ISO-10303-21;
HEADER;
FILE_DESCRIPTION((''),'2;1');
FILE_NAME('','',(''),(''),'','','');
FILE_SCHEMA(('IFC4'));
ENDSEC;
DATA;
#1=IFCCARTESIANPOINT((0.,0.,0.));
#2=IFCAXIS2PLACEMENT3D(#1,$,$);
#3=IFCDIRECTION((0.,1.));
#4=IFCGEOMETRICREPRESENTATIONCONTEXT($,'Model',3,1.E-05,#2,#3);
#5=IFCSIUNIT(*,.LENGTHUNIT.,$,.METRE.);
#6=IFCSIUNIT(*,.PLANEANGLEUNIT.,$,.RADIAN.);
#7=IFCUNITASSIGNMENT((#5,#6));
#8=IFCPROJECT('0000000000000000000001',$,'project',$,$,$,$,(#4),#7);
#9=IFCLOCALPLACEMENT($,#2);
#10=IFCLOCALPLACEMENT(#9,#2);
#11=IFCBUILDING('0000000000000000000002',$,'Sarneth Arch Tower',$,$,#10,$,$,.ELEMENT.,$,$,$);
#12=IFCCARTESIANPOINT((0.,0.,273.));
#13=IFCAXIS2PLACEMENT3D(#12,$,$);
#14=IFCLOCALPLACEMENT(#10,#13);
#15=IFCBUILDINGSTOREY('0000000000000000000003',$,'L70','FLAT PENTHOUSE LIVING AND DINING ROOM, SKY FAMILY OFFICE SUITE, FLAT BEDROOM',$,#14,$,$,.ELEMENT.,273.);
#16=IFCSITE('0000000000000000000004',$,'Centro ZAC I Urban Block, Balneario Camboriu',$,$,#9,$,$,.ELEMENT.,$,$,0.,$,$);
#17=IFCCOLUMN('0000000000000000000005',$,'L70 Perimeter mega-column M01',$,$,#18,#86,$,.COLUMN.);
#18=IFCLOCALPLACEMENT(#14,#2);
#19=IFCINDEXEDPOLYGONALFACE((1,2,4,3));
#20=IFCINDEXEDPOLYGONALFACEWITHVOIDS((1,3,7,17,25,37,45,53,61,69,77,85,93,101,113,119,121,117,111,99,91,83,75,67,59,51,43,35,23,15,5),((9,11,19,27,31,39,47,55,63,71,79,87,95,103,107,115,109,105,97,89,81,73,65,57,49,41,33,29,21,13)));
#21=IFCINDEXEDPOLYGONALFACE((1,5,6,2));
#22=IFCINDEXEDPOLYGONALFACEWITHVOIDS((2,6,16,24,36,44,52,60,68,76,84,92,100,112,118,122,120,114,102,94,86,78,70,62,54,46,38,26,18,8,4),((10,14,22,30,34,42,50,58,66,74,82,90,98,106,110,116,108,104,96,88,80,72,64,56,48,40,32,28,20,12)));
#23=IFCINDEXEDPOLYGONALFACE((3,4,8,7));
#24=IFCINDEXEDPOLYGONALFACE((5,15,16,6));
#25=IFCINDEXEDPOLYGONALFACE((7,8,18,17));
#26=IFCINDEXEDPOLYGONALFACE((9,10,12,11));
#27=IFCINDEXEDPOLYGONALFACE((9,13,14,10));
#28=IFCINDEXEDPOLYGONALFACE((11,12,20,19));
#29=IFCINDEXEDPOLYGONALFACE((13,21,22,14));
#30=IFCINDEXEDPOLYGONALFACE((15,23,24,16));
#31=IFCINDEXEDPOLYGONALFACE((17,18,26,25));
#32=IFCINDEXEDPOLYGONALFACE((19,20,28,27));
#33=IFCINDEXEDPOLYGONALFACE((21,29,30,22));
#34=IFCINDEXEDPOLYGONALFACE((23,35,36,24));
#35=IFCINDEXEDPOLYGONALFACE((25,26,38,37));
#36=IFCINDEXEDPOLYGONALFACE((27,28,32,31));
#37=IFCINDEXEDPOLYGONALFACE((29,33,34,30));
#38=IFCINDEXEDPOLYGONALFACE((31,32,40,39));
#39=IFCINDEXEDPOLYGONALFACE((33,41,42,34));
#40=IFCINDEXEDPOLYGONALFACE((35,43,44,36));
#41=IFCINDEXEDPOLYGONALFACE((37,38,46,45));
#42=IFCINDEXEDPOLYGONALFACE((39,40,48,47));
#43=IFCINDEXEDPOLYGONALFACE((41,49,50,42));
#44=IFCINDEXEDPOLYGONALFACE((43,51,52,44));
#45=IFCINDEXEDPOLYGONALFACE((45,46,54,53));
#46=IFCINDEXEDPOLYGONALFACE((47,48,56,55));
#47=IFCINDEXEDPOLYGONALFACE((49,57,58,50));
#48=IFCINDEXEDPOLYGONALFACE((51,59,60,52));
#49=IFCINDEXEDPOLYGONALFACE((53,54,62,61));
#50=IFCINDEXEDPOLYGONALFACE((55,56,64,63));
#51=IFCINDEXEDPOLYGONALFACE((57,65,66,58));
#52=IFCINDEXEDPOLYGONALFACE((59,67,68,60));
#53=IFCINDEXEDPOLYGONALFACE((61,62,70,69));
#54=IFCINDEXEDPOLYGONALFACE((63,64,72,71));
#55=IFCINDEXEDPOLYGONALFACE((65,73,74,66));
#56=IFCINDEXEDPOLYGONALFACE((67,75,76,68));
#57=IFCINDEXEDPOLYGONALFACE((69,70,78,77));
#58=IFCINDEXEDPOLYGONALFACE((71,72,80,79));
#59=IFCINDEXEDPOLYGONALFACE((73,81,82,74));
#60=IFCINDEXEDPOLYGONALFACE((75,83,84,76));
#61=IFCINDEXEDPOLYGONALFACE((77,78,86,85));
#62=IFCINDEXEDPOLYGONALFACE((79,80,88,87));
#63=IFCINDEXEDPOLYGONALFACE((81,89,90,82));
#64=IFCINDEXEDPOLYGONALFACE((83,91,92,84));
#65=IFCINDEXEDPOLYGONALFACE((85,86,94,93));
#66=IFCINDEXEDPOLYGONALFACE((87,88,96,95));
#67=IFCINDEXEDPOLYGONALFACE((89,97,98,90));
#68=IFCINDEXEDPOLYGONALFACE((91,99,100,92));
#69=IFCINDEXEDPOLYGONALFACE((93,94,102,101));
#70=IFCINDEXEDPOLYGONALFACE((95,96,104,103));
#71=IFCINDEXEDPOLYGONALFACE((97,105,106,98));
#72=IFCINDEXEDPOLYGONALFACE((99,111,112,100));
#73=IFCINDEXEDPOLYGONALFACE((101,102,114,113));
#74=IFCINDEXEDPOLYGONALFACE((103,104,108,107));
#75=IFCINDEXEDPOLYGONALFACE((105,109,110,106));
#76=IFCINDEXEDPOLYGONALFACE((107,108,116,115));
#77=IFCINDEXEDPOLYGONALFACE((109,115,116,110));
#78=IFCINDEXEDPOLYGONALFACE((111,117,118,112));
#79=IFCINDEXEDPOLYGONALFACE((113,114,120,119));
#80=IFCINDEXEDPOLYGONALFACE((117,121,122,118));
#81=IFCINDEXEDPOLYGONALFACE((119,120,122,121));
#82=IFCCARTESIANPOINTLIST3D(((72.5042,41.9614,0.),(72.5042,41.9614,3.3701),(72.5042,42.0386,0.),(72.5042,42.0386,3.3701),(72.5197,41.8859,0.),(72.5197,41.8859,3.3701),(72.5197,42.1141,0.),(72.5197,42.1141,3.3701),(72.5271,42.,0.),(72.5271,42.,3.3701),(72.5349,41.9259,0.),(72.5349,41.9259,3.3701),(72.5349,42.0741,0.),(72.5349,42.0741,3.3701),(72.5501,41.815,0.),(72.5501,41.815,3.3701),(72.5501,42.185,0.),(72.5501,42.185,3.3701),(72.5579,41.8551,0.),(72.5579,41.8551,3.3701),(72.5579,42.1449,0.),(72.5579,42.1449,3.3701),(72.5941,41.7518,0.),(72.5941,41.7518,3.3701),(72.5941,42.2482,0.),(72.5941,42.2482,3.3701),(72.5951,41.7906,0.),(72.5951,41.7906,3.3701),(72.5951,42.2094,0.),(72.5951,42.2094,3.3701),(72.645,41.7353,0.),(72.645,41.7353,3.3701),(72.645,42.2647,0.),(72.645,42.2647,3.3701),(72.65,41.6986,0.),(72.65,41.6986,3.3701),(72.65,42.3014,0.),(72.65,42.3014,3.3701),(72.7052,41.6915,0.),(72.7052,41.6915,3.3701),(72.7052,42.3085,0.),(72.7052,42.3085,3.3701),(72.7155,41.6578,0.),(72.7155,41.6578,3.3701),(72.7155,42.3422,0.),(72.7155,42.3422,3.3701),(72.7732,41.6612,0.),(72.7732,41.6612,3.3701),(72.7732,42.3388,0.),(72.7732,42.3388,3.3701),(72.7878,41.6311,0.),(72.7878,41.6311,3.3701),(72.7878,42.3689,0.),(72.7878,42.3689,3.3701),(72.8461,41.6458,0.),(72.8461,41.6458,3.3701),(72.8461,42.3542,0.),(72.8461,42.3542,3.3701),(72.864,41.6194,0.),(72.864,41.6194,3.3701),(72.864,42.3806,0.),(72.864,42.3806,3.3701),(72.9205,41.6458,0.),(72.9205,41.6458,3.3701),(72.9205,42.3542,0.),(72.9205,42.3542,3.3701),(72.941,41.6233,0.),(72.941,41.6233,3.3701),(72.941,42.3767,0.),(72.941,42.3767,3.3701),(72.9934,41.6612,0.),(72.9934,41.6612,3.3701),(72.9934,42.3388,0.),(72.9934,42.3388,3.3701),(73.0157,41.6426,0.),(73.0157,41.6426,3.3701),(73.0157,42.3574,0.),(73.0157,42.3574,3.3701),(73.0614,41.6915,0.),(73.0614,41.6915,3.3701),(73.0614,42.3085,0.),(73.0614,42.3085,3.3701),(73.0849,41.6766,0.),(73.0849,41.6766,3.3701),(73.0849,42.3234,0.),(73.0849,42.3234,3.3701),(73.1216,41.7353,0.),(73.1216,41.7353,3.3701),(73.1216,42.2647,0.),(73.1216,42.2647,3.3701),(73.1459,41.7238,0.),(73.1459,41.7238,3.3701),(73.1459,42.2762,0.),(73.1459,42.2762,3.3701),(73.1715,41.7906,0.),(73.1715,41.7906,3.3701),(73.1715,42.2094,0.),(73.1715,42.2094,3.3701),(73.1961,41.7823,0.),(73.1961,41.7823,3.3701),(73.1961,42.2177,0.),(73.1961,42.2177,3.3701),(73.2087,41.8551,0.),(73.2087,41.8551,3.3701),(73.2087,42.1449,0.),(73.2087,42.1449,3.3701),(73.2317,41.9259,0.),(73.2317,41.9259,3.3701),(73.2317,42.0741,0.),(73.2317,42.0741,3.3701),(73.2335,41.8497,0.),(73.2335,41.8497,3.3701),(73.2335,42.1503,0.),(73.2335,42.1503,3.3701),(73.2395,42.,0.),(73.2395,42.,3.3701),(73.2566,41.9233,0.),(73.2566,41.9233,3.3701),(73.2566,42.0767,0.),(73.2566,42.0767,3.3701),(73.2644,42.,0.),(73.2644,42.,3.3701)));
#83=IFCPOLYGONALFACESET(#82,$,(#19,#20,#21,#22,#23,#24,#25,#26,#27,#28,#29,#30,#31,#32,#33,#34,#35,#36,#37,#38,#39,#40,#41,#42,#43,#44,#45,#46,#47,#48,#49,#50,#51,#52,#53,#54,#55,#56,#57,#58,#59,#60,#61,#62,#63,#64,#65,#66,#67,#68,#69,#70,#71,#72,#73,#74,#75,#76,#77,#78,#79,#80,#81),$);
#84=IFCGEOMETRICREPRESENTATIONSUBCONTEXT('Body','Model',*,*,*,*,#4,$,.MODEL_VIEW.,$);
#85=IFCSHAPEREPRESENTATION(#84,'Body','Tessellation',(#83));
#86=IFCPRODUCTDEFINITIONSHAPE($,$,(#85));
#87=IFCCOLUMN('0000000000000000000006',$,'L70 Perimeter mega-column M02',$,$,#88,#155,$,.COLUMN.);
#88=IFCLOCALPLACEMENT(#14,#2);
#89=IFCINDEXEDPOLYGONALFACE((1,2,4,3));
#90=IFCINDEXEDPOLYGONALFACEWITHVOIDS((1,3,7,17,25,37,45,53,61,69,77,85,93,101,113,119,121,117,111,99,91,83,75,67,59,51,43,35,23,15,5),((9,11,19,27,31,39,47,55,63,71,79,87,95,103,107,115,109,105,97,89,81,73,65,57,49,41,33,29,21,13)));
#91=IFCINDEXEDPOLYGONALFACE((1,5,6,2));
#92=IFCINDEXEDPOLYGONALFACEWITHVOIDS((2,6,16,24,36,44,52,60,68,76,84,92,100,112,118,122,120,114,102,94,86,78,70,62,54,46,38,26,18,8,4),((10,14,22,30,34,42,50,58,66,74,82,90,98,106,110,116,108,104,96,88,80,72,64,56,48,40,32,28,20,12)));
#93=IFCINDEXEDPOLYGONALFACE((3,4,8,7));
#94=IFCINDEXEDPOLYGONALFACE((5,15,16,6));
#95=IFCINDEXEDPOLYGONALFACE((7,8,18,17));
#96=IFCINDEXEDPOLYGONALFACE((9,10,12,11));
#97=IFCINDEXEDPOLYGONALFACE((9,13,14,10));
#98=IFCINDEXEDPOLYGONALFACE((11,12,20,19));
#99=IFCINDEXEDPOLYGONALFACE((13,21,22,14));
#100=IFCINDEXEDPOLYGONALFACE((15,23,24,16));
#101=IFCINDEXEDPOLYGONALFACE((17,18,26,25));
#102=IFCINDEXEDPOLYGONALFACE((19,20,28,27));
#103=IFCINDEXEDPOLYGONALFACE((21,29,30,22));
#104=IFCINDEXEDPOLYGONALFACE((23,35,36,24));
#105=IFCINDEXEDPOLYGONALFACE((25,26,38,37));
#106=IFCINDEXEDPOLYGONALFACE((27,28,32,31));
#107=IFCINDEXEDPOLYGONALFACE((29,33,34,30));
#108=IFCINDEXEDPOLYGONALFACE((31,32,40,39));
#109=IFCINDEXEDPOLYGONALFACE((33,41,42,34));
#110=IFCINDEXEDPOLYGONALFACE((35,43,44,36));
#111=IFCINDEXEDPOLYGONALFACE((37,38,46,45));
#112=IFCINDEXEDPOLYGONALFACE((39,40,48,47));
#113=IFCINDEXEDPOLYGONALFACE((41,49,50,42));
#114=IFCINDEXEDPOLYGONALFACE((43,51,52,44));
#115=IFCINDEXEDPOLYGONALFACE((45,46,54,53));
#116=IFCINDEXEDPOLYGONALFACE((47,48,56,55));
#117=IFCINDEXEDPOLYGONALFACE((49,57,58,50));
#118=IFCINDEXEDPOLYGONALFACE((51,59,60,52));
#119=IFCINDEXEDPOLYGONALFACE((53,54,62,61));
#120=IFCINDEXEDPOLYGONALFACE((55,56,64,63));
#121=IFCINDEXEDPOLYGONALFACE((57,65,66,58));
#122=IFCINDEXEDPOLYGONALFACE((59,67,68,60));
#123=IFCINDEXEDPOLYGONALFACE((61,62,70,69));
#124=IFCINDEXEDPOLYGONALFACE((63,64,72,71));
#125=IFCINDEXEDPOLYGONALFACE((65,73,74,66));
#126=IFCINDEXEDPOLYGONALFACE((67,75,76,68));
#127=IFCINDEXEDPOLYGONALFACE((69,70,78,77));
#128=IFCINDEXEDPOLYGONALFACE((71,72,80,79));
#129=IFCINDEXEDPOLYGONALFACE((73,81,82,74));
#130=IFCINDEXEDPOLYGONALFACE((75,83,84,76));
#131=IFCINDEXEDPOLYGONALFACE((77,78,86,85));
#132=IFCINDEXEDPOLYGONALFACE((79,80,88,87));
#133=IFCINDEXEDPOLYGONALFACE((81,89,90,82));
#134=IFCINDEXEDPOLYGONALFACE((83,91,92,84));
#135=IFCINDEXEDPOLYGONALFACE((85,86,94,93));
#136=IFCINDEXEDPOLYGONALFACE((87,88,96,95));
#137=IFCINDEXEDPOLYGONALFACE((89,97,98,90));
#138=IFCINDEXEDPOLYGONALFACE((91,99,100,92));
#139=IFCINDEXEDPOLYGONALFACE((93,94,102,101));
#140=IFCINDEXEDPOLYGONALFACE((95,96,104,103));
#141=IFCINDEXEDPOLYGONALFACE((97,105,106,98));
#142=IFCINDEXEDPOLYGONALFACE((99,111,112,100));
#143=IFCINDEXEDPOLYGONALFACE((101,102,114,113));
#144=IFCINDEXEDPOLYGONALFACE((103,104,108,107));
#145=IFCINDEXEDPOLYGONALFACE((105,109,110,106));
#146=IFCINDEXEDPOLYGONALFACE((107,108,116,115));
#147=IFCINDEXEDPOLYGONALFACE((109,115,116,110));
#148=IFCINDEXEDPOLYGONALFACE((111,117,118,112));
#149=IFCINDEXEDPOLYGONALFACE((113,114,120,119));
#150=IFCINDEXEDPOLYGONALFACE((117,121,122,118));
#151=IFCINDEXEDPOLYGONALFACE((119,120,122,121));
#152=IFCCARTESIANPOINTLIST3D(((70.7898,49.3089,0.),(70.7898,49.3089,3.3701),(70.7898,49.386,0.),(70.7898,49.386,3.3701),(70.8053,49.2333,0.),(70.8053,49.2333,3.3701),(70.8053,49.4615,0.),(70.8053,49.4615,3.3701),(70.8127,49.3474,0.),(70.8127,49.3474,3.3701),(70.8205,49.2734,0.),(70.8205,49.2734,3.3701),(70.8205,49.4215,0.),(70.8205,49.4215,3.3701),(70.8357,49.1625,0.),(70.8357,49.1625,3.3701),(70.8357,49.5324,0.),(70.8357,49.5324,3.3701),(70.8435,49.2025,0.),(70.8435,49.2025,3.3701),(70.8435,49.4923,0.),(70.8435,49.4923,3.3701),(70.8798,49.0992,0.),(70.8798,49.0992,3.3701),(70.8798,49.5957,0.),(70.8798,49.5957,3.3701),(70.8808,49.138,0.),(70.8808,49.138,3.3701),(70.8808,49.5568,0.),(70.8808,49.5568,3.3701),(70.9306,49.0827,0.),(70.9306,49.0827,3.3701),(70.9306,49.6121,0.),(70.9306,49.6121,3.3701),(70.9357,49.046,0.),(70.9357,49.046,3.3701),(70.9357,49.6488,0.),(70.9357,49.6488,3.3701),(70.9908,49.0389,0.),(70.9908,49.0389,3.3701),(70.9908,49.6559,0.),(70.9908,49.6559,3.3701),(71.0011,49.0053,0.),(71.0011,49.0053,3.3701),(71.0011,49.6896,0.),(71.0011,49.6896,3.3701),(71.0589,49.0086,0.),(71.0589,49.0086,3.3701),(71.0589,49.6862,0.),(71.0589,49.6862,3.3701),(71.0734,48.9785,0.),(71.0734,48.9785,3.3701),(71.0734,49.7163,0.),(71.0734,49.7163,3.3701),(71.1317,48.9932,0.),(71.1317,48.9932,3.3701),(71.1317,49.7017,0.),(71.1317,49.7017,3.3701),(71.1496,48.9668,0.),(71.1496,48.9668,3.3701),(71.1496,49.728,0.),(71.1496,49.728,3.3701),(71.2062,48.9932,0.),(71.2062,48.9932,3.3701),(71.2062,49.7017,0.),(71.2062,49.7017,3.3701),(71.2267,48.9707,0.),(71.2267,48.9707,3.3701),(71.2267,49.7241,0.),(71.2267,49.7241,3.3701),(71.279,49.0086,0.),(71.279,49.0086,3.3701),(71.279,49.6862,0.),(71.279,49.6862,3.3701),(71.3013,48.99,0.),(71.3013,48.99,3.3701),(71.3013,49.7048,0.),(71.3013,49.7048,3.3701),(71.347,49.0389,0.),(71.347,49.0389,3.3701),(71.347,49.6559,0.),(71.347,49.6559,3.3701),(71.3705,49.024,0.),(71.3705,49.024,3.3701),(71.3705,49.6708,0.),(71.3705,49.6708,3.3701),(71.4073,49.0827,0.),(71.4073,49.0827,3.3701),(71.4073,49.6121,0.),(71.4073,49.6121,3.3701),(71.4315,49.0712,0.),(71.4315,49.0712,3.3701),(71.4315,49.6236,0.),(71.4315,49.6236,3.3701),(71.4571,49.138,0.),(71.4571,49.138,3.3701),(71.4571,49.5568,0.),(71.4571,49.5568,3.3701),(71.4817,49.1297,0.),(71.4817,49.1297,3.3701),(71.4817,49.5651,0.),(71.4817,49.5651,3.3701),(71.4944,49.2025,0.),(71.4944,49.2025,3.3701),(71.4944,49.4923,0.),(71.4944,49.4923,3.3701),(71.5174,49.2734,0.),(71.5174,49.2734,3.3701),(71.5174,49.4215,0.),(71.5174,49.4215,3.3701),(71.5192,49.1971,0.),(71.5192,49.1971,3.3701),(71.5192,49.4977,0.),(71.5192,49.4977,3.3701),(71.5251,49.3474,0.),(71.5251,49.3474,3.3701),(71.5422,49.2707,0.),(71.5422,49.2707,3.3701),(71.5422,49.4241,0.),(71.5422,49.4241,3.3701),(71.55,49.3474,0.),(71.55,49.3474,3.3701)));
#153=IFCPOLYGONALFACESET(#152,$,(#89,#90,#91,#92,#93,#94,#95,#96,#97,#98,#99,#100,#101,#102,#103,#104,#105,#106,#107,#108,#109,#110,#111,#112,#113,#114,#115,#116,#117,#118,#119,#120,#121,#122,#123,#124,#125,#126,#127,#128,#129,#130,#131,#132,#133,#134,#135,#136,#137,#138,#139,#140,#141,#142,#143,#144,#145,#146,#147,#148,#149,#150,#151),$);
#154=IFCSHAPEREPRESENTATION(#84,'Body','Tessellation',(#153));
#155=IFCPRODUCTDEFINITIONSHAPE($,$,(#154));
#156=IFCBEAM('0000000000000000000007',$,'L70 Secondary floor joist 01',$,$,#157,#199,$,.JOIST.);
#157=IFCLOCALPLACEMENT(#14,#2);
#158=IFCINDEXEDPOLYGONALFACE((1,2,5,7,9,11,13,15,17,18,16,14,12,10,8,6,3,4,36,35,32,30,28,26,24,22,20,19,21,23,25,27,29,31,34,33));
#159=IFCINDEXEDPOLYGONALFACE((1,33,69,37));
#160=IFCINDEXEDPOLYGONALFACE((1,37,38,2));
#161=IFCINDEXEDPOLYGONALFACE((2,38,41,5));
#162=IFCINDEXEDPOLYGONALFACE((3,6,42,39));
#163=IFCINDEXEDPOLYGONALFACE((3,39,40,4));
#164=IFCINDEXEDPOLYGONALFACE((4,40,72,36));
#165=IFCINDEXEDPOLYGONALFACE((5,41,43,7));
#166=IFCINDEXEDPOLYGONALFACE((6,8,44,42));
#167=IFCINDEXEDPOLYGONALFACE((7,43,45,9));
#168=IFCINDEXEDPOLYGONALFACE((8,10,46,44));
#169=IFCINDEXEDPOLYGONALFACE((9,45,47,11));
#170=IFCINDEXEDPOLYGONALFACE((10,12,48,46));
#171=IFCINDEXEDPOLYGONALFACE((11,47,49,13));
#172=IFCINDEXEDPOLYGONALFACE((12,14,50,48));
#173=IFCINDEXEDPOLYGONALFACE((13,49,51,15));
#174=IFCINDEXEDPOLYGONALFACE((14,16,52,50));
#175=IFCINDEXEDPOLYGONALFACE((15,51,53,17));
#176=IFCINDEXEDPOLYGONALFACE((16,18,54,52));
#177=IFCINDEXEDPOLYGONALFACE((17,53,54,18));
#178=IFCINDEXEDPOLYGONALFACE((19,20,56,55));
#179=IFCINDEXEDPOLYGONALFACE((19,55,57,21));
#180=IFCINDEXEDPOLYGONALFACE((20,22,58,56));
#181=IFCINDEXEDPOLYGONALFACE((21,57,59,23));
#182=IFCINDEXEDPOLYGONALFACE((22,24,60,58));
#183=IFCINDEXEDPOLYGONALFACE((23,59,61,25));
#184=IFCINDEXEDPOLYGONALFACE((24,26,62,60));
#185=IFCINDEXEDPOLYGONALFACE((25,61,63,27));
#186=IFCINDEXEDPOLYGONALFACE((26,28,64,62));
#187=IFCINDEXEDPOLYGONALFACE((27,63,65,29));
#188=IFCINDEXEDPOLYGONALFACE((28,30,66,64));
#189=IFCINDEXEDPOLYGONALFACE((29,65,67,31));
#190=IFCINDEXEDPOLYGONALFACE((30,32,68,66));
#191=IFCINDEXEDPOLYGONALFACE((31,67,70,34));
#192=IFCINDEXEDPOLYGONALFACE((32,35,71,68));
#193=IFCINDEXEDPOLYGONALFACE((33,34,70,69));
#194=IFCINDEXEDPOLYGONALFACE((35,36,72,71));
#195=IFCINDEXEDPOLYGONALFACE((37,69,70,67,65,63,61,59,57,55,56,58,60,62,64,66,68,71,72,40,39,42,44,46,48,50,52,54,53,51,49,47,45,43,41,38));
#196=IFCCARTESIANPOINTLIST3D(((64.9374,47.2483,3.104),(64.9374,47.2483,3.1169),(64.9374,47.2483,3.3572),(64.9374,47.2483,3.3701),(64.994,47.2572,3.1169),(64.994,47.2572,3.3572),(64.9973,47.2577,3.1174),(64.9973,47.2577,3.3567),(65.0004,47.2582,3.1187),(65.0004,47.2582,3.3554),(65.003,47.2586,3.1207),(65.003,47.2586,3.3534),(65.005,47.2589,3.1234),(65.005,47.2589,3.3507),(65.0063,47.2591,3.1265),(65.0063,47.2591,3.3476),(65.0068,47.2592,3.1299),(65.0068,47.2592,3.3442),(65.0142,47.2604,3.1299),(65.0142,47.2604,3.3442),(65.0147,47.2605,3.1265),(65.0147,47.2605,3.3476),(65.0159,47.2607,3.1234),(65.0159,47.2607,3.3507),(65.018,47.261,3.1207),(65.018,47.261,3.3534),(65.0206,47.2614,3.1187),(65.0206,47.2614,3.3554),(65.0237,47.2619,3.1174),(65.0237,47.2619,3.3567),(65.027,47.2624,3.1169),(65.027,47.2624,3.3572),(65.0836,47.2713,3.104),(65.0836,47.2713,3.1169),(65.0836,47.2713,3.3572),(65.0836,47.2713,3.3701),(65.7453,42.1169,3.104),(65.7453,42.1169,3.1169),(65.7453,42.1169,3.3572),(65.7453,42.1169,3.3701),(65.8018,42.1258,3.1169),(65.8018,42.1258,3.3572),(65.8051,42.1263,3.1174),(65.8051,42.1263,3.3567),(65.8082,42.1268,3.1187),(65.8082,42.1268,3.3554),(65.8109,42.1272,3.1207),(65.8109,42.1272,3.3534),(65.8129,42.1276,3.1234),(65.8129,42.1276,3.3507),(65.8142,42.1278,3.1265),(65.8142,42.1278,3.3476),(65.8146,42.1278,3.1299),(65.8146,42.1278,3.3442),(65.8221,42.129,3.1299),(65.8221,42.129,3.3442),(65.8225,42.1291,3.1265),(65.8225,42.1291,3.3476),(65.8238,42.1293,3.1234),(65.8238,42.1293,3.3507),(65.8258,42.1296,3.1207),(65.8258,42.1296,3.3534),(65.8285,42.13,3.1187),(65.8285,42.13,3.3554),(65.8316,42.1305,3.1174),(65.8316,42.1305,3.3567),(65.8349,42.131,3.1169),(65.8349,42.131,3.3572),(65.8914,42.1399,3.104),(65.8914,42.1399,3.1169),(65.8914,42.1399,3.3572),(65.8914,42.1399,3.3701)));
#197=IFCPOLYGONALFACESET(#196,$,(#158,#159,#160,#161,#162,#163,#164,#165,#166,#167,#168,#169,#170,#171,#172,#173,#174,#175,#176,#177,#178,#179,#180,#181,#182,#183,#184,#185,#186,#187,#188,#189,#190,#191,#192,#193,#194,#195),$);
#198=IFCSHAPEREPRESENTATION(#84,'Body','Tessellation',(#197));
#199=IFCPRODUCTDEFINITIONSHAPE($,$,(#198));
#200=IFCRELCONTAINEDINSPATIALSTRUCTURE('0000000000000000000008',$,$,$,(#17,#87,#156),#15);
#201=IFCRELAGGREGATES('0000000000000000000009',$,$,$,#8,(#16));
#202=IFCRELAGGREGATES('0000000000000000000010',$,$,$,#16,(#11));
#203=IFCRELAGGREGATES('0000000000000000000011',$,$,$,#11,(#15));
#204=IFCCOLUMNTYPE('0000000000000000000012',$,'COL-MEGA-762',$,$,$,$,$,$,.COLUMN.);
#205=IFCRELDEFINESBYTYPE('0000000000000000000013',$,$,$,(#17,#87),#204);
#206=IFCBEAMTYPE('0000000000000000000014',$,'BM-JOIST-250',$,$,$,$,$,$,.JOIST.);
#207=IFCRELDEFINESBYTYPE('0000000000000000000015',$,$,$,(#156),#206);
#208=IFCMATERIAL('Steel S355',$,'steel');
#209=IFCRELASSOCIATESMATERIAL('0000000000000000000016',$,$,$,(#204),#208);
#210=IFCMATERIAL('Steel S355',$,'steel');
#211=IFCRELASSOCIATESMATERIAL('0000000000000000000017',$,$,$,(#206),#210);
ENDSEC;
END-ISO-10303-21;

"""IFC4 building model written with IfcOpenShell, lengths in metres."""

from ifc_helpers import new_model, si_unit, direction, frame, origin, origin_2d, place, context, subcontext, project, spatial, hollow_circle, i_section, extrude, material, material_profile, profile_set, type_object, element, save


model = new_model("IFC4")

# Units and contexts
model_context = context("Model", 3, precision=1e-05, world=origin(), true_north=direction((0.0, 1.0)))
body_context = subcontext(model_context, "Body", "Model", "MODEL_VIEW")
ifc_project = project(units=[si_unit("LENGTHUNIT", "METRE"), si_unit("PLANEANGLEUNIT", "RADIAN")], contexts=[model_context])

# Site, building, storey
site_placement = place(None, origin())
site = spatial("IfcSite", under=ifc_project, at=site_placement, Name="Centro ZAC I Urban Block, Balneario Camboriu", CompositionType="ELEMENT", RefElevation=0.0)
building_placement = place(site_placement, origin())
building = spatial("IfcBuilding", under=site, at=building_placement, Name="Sarneth Arch Tower", CompositionType="ELEMENT")
storey_placement = place(building_placement, frame((0.0, 0.0, 273.0)))
storey = spatial("IfcBuildingStorey", under=building, at=storey_placement, Name="L70", Description="FLAT PENTHOUSE LIVING AND DINING ROOM, SKY FAMILY OFFICE SUITE, FLAT BEDROOM", CompositionType="ELEMENT", Elevation=273.0)

# Columns
ifc_material_1 = material(Name="Steel S355", Category="steel")
ifc_material_profile_1 = material_profile(ifc_material_1, hollow_circle(Radius=0.3811, WallThickness=0.0249, at=origin_2d()), Name="CHS762x25")
ifc_profile_set_1 = profile_set([ifc_material_profile_1], Name="Steel S355")
column_type = type_object("IfcColumnType", Name="COL-MEGA-762", PredefinedType="COLUMN", material=ifc_profile_set_1)
for number, where, z_axis, x_axis, name in (
    (1, (72.8833, 42.0, 0.0), (0.0, 0.0, 1.0), (1.0, 0.0, 0.0), "L70 Perimeter mega-column M01"),
    (2, (71.1689, 49.3474, 0.0), (0.0, 0.0, 1.0), (1.0, 0.0, 0.0), "L70 Perimeter mega-column M02"),
):
    element("IfcColumn", number, at=place(storey_placement, frame(where, z_axis=z_axis, x_axis=x_axis)), inside=storey, type_object=column_type, Name=name, PredefinedType="COLUMN", context=body_context, shape_type="SweptSolid", body=[
        extrude(hollow_circle(Radius=0.3811, WallThickness=0.0249, at=origin_2d()), origin(), (0.0, 0.0, 1.0), 3.3701),
    ])

# Beam
ifc_material_2 = material(Name="Steel S355", Category="steel")
ifc_material_profile_2 = material_profile(ifc_material_2, i_section(OverallWidth=0.1479, OverallDepth=0.2661, WebThickness=0.0076, FlangeThickness=0.0129, FilletRadius=0.0129, at=origin_2d()), Name="W250x44.8")
ifc_profile_set_2 = profile_set([ifc_material_profile_2], Name="Steel S355")
beam_type_1 = type_object("IfcBeamType", Name="BM-JOIST-250", PredefinedType="JOIST", material=ifc_profile_set_2)
beam_1_placement = place(storey_placement, frame((65.8184, 42.1284, 3.2371), z_axis=(-0.155521, 0.987833, 0.0), x_axis=(-0.987833, -0.155521, 0.0)))
element("IfcBeam", 3, at=beam_1_placement, inside=storey, type_object=beam_type_1, Name="L70 Secondary floor joist 01", PredefinedType="JOIST", context=body_context, shape_type="SweptSolid", body=[
    extrude(i_section(OverallWidth=0.1479, OverallDepth=0.2661, WebThickness=0.0076, FlangeThickness=0.0129, FilletRadius=0.0129, at=origin_2d()), origin(), (0.0, 0.0, 1.0), 5.1946),
])

save(model, "model.ifc")
